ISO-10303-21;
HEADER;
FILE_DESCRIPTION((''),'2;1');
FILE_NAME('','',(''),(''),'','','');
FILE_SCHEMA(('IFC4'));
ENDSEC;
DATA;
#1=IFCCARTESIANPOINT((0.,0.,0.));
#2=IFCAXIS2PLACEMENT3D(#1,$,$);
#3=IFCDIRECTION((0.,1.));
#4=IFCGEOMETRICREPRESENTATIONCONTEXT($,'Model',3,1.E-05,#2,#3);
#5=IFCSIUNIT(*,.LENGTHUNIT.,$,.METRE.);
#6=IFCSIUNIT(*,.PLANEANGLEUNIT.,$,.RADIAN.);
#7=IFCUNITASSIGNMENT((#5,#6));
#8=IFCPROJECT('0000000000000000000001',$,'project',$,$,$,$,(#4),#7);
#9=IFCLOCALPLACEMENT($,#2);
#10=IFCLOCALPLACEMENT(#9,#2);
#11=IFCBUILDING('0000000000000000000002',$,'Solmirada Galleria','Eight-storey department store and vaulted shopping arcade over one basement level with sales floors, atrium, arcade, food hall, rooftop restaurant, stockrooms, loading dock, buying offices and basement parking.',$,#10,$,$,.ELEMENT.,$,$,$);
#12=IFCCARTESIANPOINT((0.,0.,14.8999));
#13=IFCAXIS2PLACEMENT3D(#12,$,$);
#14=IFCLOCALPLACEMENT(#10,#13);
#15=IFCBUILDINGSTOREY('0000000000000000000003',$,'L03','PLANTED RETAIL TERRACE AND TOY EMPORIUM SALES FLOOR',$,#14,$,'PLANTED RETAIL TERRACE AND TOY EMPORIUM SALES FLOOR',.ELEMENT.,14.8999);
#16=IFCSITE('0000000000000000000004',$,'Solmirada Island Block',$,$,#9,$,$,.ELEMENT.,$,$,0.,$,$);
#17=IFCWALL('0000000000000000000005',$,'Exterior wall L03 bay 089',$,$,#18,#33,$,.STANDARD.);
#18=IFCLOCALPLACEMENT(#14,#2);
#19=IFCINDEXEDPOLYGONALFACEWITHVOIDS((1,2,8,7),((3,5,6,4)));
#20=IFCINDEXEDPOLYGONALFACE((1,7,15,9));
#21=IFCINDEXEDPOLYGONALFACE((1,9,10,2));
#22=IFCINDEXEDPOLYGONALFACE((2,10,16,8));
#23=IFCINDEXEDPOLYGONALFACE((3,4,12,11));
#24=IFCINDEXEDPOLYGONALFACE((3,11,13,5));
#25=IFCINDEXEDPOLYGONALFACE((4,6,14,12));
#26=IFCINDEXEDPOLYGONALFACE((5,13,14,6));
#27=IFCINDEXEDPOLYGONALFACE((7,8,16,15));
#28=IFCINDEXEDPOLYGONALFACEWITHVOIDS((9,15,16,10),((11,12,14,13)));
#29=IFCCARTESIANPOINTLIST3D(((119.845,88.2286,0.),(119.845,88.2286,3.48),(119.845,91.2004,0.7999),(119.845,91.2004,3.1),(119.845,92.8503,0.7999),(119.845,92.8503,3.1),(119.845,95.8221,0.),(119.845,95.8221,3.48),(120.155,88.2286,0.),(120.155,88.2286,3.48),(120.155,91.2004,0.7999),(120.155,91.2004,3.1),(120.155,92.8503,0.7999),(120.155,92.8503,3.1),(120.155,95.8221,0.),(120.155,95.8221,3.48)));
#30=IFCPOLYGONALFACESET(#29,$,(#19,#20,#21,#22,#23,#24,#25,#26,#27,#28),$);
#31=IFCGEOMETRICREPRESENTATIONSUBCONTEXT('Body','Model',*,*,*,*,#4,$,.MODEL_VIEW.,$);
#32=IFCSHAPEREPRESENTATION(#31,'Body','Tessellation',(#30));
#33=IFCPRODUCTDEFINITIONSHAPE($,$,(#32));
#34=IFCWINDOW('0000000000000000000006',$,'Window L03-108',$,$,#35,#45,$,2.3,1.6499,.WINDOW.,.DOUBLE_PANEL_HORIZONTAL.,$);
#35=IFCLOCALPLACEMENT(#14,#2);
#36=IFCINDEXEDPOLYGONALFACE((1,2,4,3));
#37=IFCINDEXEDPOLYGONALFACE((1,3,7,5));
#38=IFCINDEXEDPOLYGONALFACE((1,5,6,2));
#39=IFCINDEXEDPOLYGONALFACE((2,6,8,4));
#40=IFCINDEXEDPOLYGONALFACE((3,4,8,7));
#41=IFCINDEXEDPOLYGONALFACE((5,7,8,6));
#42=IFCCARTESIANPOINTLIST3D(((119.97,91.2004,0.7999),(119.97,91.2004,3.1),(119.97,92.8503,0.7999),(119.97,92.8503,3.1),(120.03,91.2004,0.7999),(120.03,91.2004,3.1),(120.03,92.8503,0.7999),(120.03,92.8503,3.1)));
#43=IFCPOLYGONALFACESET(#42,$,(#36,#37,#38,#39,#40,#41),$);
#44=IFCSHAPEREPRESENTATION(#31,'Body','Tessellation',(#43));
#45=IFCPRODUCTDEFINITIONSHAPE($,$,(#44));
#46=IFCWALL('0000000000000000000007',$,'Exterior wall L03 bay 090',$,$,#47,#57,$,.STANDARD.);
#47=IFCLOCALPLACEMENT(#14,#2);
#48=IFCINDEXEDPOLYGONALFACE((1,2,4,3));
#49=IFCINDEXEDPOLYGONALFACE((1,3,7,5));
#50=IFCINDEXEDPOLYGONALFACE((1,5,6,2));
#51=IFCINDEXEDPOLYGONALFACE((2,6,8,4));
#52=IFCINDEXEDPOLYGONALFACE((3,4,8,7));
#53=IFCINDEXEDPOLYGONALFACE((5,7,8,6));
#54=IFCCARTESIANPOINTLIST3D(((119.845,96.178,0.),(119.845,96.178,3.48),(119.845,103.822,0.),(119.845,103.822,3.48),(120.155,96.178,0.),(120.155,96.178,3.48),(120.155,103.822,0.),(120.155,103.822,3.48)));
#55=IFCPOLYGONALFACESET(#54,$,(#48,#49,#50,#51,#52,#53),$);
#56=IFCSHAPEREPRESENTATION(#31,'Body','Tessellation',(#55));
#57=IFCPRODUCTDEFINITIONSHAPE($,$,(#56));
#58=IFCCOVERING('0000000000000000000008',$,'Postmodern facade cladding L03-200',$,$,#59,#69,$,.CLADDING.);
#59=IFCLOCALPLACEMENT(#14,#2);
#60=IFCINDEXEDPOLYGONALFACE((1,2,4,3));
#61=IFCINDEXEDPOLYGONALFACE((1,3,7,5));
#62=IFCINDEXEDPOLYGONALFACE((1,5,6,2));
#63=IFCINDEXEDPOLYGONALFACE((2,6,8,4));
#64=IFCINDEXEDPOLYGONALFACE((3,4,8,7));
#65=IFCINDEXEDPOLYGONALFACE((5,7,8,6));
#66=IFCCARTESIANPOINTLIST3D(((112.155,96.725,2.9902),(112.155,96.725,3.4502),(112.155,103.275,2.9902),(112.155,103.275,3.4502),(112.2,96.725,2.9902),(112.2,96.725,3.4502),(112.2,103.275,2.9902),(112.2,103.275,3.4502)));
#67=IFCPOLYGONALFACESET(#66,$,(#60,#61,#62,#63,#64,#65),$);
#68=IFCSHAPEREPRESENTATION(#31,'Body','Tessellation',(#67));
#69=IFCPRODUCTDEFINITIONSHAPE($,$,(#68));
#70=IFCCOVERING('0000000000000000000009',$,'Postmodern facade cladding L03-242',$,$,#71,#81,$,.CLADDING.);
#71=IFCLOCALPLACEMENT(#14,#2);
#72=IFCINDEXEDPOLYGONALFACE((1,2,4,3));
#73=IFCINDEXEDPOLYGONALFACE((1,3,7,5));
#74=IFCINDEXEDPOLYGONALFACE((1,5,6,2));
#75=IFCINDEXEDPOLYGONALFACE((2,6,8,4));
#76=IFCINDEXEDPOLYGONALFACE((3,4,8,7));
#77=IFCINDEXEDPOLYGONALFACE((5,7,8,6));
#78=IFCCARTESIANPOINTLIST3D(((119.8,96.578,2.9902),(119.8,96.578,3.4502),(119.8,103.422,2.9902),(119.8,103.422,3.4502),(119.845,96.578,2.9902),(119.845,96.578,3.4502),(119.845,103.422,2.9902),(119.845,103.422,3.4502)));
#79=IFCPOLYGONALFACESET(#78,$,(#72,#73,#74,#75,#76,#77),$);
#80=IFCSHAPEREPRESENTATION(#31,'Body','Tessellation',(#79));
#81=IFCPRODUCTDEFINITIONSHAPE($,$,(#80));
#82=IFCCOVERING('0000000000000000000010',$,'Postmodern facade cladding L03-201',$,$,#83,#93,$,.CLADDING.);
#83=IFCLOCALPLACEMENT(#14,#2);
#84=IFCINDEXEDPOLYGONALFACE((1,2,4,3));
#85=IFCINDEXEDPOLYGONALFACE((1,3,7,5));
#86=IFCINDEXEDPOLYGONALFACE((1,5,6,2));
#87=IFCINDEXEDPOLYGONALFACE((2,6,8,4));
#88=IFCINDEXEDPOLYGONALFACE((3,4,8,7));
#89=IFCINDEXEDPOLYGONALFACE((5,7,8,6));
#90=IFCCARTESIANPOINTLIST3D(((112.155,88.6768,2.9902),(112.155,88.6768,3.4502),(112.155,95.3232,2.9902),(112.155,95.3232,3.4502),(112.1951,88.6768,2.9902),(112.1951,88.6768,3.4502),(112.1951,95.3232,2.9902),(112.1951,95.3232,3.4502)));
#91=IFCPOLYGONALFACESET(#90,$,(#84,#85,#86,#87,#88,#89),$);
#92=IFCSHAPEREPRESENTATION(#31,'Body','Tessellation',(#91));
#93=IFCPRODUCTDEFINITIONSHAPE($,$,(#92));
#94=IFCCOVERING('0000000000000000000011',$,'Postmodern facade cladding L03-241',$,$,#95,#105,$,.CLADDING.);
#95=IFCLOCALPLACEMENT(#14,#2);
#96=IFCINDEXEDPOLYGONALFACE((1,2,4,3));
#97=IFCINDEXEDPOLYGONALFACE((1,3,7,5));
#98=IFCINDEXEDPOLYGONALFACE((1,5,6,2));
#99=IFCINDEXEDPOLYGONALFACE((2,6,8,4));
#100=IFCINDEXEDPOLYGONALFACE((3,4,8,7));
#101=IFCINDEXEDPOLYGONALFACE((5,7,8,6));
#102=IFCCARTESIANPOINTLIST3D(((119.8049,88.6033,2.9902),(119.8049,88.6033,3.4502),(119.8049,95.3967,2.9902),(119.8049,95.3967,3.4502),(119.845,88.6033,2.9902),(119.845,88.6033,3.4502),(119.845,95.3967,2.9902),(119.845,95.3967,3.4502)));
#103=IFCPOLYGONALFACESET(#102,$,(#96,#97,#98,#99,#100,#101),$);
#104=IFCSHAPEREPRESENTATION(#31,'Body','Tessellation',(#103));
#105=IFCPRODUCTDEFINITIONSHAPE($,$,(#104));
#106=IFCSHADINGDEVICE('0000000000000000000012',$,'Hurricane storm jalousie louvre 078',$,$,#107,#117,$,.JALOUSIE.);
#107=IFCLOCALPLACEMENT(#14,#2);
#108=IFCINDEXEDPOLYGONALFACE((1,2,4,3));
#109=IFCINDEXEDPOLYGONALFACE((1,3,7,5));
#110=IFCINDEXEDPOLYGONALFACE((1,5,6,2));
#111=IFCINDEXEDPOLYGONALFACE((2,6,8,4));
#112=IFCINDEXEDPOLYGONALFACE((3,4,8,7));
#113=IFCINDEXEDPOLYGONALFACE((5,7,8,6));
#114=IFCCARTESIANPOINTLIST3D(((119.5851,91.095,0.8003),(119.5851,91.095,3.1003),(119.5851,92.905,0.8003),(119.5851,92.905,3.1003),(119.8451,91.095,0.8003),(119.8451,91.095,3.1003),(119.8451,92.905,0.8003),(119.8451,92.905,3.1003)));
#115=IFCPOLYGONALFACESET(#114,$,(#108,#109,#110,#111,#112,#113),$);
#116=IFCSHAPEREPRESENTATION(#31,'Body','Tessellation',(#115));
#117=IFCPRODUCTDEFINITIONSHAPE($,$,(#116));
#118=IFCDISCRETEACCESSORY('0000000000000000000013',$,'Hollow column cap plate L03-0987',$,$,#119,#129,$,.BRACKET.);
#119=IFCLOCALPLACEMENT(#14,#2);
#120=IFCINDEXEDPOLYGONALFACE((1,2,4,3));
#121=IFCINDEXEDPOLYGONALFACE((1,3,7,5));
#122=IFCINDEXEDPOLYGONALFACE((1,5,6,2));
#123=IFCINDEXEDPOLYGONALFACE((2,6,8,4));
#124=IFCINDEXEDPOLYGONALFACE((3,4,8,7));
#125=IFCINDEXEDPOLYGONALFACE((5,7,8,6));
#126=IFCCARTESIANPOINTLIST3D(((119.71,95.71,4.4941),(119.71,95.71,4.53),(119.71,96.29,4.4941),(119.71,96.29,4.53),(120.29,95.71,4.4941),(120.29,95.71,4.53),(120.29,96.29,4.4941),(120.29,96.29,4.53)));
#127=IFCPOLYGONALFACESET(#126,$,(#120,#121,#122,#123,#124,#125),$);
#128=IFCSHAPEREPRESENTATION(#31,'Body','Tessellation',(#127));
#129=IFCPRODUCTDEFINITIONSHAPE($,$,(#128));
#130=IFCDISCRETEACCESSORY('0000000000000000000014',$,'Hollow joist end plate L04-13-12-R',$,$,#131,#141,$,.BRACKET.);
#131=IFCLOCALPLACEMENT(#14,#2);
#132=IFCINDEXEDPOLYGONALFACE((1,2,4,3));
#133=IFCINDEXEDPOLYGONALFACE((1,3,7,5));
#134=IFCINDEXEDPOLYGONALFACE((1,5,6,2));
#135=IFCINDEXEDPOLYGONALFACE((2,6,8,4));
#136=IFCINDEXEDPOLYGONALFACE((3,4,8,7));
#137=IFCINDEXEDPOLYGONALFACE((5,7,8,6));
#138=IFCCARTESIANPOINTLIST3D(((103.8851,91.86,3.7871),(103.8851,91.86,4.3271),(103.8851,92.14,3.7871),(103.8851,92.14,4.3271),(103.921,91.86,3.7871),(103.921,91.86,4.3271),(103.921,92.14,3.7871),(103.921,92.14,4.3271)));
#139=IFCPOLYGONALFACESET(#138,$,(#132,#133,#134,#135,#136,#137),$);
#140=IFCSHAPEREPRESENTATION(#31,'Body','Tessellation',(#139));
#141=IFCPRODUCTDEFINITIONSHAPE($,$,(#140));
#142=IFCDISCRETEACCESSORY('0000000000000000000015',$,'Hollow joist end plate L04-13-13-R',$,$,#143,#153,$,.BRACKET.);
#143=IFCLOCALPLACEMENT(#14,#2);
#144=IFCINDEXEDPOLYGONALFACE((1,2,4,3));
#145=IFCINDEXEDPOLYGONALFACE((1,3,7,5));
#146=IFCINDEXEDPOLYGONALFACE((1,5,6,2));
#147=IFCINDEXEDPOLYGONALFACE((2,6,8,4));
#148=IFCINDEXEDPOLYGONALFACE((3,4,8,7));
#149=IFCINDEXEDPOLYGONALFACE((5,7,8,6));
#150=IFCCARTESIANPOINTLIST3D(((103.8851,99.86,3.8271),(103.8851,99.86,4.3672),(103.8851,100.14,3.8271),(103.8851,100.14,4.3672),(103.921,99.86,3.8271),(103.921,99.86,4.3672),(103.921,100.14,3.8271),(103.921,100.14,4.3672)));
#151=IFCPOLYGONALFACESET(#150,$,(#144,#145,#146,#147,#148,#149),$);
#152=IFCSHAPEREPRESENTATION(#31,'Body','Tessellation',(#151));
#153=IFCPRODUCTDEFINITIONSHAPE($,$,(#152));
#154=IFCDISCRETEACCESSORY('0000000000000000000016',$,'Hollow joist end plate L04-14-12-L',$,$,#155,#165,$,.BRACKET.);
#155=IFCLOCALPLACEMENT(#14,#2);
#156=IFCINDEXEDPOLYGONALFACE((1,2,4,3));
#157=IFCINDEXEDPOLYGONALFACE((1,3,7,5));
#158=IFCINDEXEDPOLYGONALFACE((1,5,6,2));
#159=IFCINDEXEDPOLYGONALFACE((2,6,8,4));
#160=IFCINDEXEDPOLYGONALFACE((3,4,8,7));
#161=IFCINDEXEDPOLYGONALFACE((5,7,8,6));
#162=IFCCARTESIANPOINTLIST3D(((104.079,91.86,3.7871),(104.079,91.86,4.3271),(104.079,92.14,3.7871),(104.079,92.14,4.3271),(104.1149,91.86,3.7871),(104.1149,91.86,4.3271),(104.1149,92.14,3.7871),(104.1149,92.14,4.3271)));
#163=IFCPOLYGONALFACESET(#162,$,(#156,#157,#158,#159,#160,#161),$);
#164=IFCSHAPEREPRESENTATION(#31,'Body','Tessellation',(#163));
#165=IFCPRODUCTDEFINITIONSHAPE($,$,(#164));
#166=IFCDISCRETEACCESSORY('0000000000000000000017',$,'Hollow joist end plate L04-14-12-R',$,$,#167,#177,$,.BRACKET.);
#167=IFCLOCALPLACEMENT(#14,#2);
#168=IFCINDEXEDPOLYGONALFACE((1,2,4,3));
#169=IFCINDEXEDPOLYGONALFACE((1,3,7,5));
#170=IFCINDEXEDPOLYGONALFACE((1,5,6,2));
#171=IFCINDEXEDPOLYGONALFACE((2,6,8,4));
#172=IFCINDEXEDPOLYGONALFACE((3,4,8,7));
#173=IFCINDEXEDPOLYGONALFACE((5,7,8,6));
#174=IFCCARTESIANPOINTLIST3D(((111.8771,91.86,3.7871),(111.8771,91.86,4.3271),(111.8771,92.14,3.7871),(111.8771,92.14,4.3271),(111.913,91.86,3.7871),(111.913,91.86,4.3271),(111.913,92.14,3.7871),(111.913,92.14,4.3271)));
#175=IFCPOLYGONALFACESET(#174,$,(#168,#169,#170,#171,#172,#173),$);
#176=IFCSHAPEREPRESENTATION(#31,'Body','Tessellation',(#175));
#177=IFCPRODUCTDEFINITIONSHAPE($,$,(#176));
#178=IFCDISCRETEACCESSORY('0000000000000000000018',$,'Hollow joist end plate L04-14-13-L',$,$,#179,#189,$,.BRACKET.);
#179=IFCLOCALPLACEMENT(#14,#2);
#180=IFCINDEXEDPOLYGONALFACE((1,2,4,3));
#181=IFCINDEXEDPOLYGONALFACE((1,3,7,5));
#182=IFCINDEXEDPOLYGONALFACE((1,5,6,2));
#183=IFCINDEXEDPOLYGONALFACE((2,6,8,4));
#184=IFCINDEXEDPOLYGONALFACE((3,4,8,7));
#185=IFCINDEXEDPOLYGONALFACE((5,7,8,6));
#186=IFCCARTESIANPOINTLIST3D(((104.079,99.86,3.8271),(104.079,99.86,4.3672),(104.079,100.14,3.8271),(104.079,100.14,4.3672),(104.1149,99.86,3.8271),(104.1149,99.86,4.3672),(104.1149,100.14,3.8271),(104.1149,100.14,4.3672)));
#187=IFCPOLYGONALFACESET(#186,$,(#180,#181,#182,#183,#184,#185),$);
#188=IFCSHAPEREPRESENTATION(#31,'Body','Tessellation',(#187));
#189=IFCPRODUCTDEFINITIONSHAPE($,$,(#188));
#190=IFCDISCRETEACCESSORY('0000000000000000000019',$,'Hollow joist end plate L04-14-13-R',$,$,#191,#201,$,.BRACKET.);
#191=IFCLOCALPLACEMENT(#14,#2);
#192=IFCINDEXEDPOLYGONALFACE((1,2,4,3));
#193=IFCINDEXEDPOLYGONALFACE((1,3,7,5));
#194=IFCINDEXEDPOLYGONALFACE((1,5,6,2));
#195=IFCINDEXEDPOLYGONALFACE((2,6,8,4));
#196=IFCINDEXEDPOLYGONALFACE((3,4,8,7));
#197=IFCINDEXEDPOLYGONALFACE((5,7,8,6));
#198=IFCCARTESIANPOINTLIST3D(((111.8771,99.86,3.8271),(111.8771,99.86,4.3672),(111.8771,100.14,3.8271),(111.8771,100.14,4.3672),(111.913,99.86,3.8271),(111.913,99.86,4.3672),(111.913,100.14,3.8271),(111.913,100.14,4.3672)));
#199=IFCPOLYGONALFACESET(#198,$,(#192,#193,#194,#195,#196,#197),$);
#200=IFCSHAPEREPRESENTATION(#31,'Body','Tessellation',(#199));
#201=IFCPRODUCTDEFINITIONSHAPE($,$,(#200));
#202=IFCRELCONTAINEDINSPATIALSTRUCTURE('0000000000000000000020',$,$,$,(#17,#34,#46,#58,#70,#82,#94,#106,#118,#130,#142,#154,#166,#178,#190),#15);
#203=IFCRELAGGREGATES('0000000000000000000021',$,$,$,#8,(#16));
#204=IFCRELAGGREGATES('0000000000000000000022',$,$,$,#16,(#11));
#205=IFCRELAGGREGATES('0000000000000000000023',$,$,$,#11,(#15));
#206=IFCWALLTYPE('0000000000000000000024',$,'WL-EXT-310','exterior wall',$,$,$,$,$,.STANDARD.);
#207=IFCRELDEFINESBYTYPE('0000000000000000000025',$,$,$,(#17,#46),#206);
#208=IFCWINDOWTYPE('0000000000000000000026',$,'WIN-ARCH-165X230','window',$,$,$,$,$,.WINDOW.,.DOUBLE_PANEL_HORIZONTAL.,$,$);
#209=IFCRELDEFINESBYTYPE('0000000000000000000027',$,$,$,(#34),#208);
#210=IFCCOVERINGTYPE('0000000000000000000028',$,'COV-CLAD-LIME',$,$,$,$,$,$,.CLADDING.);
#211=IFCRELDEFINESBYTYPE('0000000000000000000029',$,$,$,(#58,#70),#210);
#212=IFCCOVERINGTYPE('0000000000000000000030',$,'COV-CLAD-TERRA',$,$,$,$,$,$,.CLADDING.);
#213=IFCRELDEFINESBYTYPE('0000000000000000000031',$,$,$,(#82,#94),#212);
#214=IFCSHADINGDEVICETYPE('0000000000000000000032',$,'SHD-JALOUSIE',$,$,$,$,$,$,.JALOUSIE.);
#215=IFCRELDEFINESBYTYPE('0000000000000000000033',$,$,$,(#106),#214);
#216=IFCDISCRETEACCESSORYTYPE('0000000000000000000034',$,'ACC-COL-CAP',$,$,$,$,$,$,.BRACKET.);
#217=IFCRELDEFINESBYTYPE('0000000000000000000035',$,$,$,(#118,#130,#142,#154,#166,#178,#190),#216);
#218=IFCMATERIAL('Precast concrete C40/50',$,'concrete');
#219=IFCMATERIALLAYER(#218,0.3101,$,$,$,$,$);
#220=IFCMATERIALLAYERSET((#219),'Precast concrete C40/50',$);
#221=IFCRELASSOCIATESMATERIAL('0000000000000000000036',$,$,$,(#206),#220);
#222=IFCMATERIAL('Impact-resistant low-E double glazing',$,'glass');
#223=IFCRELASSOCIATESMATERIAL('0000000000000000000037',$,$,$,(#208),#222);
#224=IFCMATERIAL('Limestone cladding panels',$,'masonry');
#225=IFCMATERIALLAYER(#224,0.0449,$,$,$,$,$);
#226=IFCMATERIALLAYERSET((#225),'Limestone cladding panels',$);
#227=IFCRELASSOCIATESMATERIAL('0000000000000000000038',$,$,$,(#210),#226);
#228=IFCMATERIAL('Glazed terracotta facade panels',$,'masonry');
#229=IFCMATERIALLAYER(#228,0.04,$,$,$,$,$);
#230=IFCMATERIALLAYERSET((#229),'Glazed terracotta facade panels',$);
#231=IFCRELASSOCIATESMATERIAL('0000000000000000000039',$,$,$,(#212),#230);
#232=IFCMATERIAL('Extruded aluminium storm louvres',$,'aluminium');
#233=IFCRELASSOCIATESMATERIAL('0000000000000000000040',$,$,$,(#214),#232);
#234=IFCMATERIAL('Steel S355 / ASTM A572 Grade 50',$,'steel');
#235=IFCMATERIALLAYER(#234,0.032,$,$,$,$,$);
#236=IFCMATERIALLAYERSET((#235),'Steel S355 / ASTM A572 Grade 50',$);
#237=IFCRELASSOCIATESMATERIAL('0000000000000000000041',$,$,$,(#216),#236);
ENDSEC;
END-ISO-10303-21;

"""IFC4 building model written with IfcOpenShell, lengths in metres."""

from ifc_helpers import new_model, si_unit, direction, frame, frame_2d, origin, origin_2d, place, context, subcontext, project, spatial, rectangle, extrude, material, layer, layer_set, type_object, element, fill, save


model = new_model("IFC4")

# Units and contexts
model_context = context("Model", 3, precision=1e-05, world=origin(), true_north=direction((0.0, 1.0)))
body_context = subcontext(model_context, "Body", "Model", "MODEL_VIEW")
ifc_project = project(units=[si_unit("LENGTHUNIT", "METRE"), si_unit("PLANEANGLEUNIT", "RADIAN")], contexts=[model_context])

# Site, building, storey
site_placement = place(None, origin())
site = spatial("IfcSite", under=ifc_project, at=site_placement, Name="Solmirada Island Block", CompositionType="ELEMENT", RefElevation=0.0)
building_placement = place(site_placement, origin())
building = spatial("IfcBuilding", under=site, at=building_placement, Name="Solmirada Galleria", Description="Eight-storey department store and vaulted shopping arcade over one basement level with sales floors, atrium, arcade, food hall, rooftop restaurant, stockrooms, loading dock, buying offices and basement parking.", CompositionType="ELEMENT")
storey_placement = place(building_placement, frame((0.0, 0.0, 14.8999)))
storey = spatial("IfcBuildingStorey", under=building, at=storey_placement, Name="L03", Description="PLANTED RETAIL TERRACE AND TOY EMPORIUM SALES FLOOR", LongName="PLANTED RETAIL TERRACE AND TOY EMPORIUM SALES FLOOR", CompositionType="ELEMENT", Elevation=14.8999)

# Shared definitions
ifc_material_1 = material(Name="Precast concrete C40/50", Category="concrete")
ifc_layer_1 = layer(ifc_material_1, 0.3101)
ifc_layer_set_1 = layer_set([ifc_layer_1], Name="Precast concrete C40/50")
wall_type = type_object("IfcWallType", Name="WL-EXT-310", Description="exterior wall", PredefinedType="STANDARD", material=ifc_layer_set_1)

# Wall, opening, window
ifc_material_2 = material(Name="Impact-resistant low-E double glazing", Category="glass")
wall_1_placement = place(storey_placement, frame((120.0, 88.2285, 0.0), z_axis=(0.0, 0.0, 1.0), x_axis=(0.0, 1.0, 0.0)))
wall_1 = element("IfcWall", 1, at=wall_1_placement, inside=storey, type_object=wall_type, Name="Exterior wall L03 bay 089", PredefinedType="STANDARD", context=body_context, shape_type="SweptSolid", body=[
    extrude(rectangle(XDim=7.5935, YDim=0.3101, at=frame_2d((3.7969, 0.0))), origin(), (0.0, 0.0, 1.0), 3.48),
])
opening_1_placement = place(wall_1_placement, frame((2.9719, 0.0, 0.8)))
opening_1 = element("IfcOpeningElement", 2, at=opening_1_placement, cuts=wall_1, PredefinedType="OPENING", context=body_context, shape_type="SweptSolid", body=[
    extrude(rectangle(XDim=1.6499, YDim=2.3, at=frame_2d((0.825, 1.1499))), frame((0.0, 0.165, 0.0), z_axis=(0.0, -1.0, 0.0), x_axis=(1.0, 0.0, 0.0)), (0.0, 0.0, 1.0), 0.3301),
])
window_type_1 = type_object("IfcWindowType", Name="WIN-ARCH-165X230", Description="window", PartitioningType="DOUBLE_PANEL_HORIZONTAL", PredefinedType="WINDOW", material=ifc_material_2)
window_1_placement = place(opening_1_placement, origin())
window_1 = element("IfcWindow", 3, at=window_1_placement, inside=storey, type_object=window_type_1, Name="Window L03-108", OverallHeight=2.3, OverallWidth=1.6499, PartitioningType="DOUBLE_PANEL_HORIZONTAL", PredefinedType="WINDOW", context=body_context, shape_type="SweptSolid", body=[
    extrude(rectangle(XDim=1.6499, YDim=2.3, at=frame_2d((0.825, 1.1499))), frame((0.0, 0.03, 0.0), z_axis=(0.0, -1.0, 0.0), x_axis=(1.0, 0.0, 0.0)), (0.0, 0.0, 1.0), 0.0601),
])
fill(opening_1, window_1)

# Wall
wall_2_placement = place(storey_placement, frame((120.0, 96.178, 0.0), z_axis=(0.0, 0.0, 1.0), x_axis=(0.0, 1.0, 0.0)))
element("IfcWall", 4, at=wall_2_placement, inside=storey, type_object=wall_type, Name="Exterior wall L03 bay 090", PredefinedType="STANDARD", context=body_context, shape_type="SweptSolid", body=[
    extrude(rectangle(XDim=7.644, YDim=0.3101, at=frame_2d((3.822, 0.0))), origin(), (0.0, 0.0, 1.0), 3.48),
])

# Coverings
ifc_material_3 = material(Name="Limestone cladding panels", Category="masonry")
ifc_layer_2 = layer(ifc_material_3, 0.0449)
ifc_layer_set_2 = layer_set([ifc_layer_2], Name="Limestone cladding panels")
covering_type_1 = type_object("IfcCoveringType", Name="COV-CLAD-LIME", PredefinedType="CLADDING", material=ifc_layer_set_2)
covering_1_placement = place(storey_placement, frame((112.1775, 100.0, 2.9902), z_axis=(0.0, 0.0, 1.0), x_axis=(0.0, -1.0, 0.0)))
element("IfcCovering", 5, at=covering_1_placement, inside=storey, type_object=covering_type_1, Name="Postmodern facade cladding L03-200", PredefinedType="CLADDING", context=body_context, shape_type="SweptSolid", body=[
    extrude(rectangle(XDim=6.55, YDim=0.0449, at=origin_2d()), origin(), (0.0, 0.0, 1.0), 0.46),
])
covering_2_placement = place(storey_placement, frame((119.8225, 100.0, 2.9902), z_axis=(0.0, 0.0, 1.0), x_axis=(0.0, 1.0, 0.0)))
element("IfcCovering", 6, at=covering_2_placement, inside=storey, type_object=covering_type_1, Name="Postmodern facade cladding L03-242", PredefinedType="CLADDING", context=body_context, shape_type="SweptSolid", body=[
    extrude(rectangle(XDim=6.844, YDim=0.0449, at=origin_2d()), origin(), (0.0, 0.0, 1.0), 0.46),
])
ifc_material_4 = material(Name="Glazed terracotta facade panels", Category="masonry")
ifc_layer_3 = layer(ifc_material_4, 0.04)
ifc_layer_set_3 = layer_set([ifc_layer_3], Name="Glazed terracotta facade panels")
covering_type_2 = type_object("IfcCoveringType", Name="COV-CLAD-TERRA", PredefinedType="CLADDING", material=ifc_layer_set_3)
covering_3_placement = place(storey_placement, frame((112.175, 92.0, 2.9902), z_axis=(0.0, 0.0, 1.0), x_axis=(0.0, -1.0, 0.0)))
element("IfcCovering", 7, at=covering_3_placement, inside=storey, type_object=covering_type_2, Name="Postmodern facade cladding L03-201", PredefinedType="CLADDING", context=body_context, shape_type="SweptSolid", body=[
    extrude(rectangle(XDim=6.6465, YDim=0.04, at=origin_2d()), origin(), (0.0, 0.0, 1.0), 0.46),
])
covering_4_placement = place(storey_placement, frame((119.825, 92.0, 2.9902), z_axis=(0.0, 0.0, 1.0), x_axis=(0.0, 1.0, 0.0)))
element("IfcCovering", 8, at=covering_4_placement, inside=storey, type_object=covering_type_2, Name="Postmodern facade cladding L03-241", PredefinedType="CLADDING", context=body_context, shape_type="SweptSolid", body=[
    extrude(rectangle(XDim=6.7935, YDim=0.04, at=origin_2d()), origin(), (0.0, 0.0, 1.0), 0.46),
])

# Shading device
ifc_material_5 = material(Name="Extruded aluminium storm louvres", Category="aluminium")
shading_device_type = type_object("IfcShadingDeviceType", Name="SHD-JALOUSIE", PredefinedType="JALOUSIE", material=ifc_material_5)
shading_device_placement = place(storey_placement, frame((119.7151, 92.0, 0.8003), z_axis=(0.0, 0.0, 1.0), x_axis=(0.0, 1.0, 0.0)))
element("IfcShadingDevice", 9, at=shading_device_placement, inside=storey, type_object=shading_device_type, Name="Hurricane storm jalousie louvre 078", PredefinedType="JALOUSIE", context=body_context, shape_type="SweptSolid", body=[
    extrude(rectangle(XDim=1.8101, YDim=0.26, at=origin_2d()), origin(), (0.0, 0.0, 1.0), 2.3),
])

# Discrete accessories
ifc_material_6 = material(Name="Steel S355 / ASTM A572 Grade 50", Category="steel")
ifc_layer_4 = layer(ifc_material_6, 0.032)
ifc_layer_set_4 = layer_set([ifc_layer_4], Name="Steel S355 / ASTM A572 Grade 50")
discrete_accessory_type = type_object("IfcDiscreteAccessoryType", Name="ACC-COL-CAP", PredefinedType="BRACKET", material=ifc_layer_set_4)
discrete_accessory_placement = place(storey_placement, frame((120.0, 96.0, 4.4941), z_axis=(0.0, 0.0, 1.0), x_axis=(1.0, 0.0, 0.0)))
element("IfcDiscreteAccessory", 10, at=discrete_accessory_placement, inside=storey, type_object=discrete_accessory_type, Name="Hollow column cap plate L03-0987", PredefinedType="BRACKET", context=body_context, shape_type="SweptSolid", body=[
    extrude(rectangle(XDim=0.5801, YDim=0.5801, at=origin_2d()), origin(), (0.0, 0.0, 1.0), 0.0359),
])
for number, where, z_axis, x_axis, name in (
    (11, (103.9031, 92.0, 3.7871), (0.0, 0.0, 1.0), (1.0, 0.0, 0.0), "Hollow joist end plate L04-13-12-R"),
    (12, (103.9031, 100.0, 3.8271), (0.0, 0.0, 1.0), (1.0, 0.0, 0.0), "Hollow joist end plate L04-13-13-R"),
    (13, (104.0969, 92.0, 3.7871), (0.0, 0.0, 1.0), (1.0, 0.0, 0.0), "Hollow joist end plate L04-14-12-L"),
    (14, (111.895, 92.0, 3.7871), (0.0, 0.0, 1.0), (1.0, 0.0, 0.0), "Hollow joist end plate L04-14-12-R"),
    (15, (104.0969, 100.0, 3.8271), (0.0, 0.0, 1.0), (1.0, 0.0, 0.0), "Hollow joist end plate L04-14-13-L"),
    (16, (111.895, 100.0, 3.8271), (0.0, 0.0, 1.0), (1.0, 0.0, 0.0), "Hollow joist end plate L04-14-13-R"),
):
    element("IfcDiscreteAccessory", number, at=place(storey_placement, frame(where, z_axis=z_axis, x_axis=x_axis)), inside=storey, type_object=discrete_accessory_type, Name=name, PredefinedType="BRACKET", context=body_context, shape_type="SweptSolid", body=[
        extrude(rectangle(XDim=0.0359, YDim=0.28, at=origin_2d()), origin(), (0.0, 0.0, 1.0), 0.54),
    ])

save(model, "model.ifc")
